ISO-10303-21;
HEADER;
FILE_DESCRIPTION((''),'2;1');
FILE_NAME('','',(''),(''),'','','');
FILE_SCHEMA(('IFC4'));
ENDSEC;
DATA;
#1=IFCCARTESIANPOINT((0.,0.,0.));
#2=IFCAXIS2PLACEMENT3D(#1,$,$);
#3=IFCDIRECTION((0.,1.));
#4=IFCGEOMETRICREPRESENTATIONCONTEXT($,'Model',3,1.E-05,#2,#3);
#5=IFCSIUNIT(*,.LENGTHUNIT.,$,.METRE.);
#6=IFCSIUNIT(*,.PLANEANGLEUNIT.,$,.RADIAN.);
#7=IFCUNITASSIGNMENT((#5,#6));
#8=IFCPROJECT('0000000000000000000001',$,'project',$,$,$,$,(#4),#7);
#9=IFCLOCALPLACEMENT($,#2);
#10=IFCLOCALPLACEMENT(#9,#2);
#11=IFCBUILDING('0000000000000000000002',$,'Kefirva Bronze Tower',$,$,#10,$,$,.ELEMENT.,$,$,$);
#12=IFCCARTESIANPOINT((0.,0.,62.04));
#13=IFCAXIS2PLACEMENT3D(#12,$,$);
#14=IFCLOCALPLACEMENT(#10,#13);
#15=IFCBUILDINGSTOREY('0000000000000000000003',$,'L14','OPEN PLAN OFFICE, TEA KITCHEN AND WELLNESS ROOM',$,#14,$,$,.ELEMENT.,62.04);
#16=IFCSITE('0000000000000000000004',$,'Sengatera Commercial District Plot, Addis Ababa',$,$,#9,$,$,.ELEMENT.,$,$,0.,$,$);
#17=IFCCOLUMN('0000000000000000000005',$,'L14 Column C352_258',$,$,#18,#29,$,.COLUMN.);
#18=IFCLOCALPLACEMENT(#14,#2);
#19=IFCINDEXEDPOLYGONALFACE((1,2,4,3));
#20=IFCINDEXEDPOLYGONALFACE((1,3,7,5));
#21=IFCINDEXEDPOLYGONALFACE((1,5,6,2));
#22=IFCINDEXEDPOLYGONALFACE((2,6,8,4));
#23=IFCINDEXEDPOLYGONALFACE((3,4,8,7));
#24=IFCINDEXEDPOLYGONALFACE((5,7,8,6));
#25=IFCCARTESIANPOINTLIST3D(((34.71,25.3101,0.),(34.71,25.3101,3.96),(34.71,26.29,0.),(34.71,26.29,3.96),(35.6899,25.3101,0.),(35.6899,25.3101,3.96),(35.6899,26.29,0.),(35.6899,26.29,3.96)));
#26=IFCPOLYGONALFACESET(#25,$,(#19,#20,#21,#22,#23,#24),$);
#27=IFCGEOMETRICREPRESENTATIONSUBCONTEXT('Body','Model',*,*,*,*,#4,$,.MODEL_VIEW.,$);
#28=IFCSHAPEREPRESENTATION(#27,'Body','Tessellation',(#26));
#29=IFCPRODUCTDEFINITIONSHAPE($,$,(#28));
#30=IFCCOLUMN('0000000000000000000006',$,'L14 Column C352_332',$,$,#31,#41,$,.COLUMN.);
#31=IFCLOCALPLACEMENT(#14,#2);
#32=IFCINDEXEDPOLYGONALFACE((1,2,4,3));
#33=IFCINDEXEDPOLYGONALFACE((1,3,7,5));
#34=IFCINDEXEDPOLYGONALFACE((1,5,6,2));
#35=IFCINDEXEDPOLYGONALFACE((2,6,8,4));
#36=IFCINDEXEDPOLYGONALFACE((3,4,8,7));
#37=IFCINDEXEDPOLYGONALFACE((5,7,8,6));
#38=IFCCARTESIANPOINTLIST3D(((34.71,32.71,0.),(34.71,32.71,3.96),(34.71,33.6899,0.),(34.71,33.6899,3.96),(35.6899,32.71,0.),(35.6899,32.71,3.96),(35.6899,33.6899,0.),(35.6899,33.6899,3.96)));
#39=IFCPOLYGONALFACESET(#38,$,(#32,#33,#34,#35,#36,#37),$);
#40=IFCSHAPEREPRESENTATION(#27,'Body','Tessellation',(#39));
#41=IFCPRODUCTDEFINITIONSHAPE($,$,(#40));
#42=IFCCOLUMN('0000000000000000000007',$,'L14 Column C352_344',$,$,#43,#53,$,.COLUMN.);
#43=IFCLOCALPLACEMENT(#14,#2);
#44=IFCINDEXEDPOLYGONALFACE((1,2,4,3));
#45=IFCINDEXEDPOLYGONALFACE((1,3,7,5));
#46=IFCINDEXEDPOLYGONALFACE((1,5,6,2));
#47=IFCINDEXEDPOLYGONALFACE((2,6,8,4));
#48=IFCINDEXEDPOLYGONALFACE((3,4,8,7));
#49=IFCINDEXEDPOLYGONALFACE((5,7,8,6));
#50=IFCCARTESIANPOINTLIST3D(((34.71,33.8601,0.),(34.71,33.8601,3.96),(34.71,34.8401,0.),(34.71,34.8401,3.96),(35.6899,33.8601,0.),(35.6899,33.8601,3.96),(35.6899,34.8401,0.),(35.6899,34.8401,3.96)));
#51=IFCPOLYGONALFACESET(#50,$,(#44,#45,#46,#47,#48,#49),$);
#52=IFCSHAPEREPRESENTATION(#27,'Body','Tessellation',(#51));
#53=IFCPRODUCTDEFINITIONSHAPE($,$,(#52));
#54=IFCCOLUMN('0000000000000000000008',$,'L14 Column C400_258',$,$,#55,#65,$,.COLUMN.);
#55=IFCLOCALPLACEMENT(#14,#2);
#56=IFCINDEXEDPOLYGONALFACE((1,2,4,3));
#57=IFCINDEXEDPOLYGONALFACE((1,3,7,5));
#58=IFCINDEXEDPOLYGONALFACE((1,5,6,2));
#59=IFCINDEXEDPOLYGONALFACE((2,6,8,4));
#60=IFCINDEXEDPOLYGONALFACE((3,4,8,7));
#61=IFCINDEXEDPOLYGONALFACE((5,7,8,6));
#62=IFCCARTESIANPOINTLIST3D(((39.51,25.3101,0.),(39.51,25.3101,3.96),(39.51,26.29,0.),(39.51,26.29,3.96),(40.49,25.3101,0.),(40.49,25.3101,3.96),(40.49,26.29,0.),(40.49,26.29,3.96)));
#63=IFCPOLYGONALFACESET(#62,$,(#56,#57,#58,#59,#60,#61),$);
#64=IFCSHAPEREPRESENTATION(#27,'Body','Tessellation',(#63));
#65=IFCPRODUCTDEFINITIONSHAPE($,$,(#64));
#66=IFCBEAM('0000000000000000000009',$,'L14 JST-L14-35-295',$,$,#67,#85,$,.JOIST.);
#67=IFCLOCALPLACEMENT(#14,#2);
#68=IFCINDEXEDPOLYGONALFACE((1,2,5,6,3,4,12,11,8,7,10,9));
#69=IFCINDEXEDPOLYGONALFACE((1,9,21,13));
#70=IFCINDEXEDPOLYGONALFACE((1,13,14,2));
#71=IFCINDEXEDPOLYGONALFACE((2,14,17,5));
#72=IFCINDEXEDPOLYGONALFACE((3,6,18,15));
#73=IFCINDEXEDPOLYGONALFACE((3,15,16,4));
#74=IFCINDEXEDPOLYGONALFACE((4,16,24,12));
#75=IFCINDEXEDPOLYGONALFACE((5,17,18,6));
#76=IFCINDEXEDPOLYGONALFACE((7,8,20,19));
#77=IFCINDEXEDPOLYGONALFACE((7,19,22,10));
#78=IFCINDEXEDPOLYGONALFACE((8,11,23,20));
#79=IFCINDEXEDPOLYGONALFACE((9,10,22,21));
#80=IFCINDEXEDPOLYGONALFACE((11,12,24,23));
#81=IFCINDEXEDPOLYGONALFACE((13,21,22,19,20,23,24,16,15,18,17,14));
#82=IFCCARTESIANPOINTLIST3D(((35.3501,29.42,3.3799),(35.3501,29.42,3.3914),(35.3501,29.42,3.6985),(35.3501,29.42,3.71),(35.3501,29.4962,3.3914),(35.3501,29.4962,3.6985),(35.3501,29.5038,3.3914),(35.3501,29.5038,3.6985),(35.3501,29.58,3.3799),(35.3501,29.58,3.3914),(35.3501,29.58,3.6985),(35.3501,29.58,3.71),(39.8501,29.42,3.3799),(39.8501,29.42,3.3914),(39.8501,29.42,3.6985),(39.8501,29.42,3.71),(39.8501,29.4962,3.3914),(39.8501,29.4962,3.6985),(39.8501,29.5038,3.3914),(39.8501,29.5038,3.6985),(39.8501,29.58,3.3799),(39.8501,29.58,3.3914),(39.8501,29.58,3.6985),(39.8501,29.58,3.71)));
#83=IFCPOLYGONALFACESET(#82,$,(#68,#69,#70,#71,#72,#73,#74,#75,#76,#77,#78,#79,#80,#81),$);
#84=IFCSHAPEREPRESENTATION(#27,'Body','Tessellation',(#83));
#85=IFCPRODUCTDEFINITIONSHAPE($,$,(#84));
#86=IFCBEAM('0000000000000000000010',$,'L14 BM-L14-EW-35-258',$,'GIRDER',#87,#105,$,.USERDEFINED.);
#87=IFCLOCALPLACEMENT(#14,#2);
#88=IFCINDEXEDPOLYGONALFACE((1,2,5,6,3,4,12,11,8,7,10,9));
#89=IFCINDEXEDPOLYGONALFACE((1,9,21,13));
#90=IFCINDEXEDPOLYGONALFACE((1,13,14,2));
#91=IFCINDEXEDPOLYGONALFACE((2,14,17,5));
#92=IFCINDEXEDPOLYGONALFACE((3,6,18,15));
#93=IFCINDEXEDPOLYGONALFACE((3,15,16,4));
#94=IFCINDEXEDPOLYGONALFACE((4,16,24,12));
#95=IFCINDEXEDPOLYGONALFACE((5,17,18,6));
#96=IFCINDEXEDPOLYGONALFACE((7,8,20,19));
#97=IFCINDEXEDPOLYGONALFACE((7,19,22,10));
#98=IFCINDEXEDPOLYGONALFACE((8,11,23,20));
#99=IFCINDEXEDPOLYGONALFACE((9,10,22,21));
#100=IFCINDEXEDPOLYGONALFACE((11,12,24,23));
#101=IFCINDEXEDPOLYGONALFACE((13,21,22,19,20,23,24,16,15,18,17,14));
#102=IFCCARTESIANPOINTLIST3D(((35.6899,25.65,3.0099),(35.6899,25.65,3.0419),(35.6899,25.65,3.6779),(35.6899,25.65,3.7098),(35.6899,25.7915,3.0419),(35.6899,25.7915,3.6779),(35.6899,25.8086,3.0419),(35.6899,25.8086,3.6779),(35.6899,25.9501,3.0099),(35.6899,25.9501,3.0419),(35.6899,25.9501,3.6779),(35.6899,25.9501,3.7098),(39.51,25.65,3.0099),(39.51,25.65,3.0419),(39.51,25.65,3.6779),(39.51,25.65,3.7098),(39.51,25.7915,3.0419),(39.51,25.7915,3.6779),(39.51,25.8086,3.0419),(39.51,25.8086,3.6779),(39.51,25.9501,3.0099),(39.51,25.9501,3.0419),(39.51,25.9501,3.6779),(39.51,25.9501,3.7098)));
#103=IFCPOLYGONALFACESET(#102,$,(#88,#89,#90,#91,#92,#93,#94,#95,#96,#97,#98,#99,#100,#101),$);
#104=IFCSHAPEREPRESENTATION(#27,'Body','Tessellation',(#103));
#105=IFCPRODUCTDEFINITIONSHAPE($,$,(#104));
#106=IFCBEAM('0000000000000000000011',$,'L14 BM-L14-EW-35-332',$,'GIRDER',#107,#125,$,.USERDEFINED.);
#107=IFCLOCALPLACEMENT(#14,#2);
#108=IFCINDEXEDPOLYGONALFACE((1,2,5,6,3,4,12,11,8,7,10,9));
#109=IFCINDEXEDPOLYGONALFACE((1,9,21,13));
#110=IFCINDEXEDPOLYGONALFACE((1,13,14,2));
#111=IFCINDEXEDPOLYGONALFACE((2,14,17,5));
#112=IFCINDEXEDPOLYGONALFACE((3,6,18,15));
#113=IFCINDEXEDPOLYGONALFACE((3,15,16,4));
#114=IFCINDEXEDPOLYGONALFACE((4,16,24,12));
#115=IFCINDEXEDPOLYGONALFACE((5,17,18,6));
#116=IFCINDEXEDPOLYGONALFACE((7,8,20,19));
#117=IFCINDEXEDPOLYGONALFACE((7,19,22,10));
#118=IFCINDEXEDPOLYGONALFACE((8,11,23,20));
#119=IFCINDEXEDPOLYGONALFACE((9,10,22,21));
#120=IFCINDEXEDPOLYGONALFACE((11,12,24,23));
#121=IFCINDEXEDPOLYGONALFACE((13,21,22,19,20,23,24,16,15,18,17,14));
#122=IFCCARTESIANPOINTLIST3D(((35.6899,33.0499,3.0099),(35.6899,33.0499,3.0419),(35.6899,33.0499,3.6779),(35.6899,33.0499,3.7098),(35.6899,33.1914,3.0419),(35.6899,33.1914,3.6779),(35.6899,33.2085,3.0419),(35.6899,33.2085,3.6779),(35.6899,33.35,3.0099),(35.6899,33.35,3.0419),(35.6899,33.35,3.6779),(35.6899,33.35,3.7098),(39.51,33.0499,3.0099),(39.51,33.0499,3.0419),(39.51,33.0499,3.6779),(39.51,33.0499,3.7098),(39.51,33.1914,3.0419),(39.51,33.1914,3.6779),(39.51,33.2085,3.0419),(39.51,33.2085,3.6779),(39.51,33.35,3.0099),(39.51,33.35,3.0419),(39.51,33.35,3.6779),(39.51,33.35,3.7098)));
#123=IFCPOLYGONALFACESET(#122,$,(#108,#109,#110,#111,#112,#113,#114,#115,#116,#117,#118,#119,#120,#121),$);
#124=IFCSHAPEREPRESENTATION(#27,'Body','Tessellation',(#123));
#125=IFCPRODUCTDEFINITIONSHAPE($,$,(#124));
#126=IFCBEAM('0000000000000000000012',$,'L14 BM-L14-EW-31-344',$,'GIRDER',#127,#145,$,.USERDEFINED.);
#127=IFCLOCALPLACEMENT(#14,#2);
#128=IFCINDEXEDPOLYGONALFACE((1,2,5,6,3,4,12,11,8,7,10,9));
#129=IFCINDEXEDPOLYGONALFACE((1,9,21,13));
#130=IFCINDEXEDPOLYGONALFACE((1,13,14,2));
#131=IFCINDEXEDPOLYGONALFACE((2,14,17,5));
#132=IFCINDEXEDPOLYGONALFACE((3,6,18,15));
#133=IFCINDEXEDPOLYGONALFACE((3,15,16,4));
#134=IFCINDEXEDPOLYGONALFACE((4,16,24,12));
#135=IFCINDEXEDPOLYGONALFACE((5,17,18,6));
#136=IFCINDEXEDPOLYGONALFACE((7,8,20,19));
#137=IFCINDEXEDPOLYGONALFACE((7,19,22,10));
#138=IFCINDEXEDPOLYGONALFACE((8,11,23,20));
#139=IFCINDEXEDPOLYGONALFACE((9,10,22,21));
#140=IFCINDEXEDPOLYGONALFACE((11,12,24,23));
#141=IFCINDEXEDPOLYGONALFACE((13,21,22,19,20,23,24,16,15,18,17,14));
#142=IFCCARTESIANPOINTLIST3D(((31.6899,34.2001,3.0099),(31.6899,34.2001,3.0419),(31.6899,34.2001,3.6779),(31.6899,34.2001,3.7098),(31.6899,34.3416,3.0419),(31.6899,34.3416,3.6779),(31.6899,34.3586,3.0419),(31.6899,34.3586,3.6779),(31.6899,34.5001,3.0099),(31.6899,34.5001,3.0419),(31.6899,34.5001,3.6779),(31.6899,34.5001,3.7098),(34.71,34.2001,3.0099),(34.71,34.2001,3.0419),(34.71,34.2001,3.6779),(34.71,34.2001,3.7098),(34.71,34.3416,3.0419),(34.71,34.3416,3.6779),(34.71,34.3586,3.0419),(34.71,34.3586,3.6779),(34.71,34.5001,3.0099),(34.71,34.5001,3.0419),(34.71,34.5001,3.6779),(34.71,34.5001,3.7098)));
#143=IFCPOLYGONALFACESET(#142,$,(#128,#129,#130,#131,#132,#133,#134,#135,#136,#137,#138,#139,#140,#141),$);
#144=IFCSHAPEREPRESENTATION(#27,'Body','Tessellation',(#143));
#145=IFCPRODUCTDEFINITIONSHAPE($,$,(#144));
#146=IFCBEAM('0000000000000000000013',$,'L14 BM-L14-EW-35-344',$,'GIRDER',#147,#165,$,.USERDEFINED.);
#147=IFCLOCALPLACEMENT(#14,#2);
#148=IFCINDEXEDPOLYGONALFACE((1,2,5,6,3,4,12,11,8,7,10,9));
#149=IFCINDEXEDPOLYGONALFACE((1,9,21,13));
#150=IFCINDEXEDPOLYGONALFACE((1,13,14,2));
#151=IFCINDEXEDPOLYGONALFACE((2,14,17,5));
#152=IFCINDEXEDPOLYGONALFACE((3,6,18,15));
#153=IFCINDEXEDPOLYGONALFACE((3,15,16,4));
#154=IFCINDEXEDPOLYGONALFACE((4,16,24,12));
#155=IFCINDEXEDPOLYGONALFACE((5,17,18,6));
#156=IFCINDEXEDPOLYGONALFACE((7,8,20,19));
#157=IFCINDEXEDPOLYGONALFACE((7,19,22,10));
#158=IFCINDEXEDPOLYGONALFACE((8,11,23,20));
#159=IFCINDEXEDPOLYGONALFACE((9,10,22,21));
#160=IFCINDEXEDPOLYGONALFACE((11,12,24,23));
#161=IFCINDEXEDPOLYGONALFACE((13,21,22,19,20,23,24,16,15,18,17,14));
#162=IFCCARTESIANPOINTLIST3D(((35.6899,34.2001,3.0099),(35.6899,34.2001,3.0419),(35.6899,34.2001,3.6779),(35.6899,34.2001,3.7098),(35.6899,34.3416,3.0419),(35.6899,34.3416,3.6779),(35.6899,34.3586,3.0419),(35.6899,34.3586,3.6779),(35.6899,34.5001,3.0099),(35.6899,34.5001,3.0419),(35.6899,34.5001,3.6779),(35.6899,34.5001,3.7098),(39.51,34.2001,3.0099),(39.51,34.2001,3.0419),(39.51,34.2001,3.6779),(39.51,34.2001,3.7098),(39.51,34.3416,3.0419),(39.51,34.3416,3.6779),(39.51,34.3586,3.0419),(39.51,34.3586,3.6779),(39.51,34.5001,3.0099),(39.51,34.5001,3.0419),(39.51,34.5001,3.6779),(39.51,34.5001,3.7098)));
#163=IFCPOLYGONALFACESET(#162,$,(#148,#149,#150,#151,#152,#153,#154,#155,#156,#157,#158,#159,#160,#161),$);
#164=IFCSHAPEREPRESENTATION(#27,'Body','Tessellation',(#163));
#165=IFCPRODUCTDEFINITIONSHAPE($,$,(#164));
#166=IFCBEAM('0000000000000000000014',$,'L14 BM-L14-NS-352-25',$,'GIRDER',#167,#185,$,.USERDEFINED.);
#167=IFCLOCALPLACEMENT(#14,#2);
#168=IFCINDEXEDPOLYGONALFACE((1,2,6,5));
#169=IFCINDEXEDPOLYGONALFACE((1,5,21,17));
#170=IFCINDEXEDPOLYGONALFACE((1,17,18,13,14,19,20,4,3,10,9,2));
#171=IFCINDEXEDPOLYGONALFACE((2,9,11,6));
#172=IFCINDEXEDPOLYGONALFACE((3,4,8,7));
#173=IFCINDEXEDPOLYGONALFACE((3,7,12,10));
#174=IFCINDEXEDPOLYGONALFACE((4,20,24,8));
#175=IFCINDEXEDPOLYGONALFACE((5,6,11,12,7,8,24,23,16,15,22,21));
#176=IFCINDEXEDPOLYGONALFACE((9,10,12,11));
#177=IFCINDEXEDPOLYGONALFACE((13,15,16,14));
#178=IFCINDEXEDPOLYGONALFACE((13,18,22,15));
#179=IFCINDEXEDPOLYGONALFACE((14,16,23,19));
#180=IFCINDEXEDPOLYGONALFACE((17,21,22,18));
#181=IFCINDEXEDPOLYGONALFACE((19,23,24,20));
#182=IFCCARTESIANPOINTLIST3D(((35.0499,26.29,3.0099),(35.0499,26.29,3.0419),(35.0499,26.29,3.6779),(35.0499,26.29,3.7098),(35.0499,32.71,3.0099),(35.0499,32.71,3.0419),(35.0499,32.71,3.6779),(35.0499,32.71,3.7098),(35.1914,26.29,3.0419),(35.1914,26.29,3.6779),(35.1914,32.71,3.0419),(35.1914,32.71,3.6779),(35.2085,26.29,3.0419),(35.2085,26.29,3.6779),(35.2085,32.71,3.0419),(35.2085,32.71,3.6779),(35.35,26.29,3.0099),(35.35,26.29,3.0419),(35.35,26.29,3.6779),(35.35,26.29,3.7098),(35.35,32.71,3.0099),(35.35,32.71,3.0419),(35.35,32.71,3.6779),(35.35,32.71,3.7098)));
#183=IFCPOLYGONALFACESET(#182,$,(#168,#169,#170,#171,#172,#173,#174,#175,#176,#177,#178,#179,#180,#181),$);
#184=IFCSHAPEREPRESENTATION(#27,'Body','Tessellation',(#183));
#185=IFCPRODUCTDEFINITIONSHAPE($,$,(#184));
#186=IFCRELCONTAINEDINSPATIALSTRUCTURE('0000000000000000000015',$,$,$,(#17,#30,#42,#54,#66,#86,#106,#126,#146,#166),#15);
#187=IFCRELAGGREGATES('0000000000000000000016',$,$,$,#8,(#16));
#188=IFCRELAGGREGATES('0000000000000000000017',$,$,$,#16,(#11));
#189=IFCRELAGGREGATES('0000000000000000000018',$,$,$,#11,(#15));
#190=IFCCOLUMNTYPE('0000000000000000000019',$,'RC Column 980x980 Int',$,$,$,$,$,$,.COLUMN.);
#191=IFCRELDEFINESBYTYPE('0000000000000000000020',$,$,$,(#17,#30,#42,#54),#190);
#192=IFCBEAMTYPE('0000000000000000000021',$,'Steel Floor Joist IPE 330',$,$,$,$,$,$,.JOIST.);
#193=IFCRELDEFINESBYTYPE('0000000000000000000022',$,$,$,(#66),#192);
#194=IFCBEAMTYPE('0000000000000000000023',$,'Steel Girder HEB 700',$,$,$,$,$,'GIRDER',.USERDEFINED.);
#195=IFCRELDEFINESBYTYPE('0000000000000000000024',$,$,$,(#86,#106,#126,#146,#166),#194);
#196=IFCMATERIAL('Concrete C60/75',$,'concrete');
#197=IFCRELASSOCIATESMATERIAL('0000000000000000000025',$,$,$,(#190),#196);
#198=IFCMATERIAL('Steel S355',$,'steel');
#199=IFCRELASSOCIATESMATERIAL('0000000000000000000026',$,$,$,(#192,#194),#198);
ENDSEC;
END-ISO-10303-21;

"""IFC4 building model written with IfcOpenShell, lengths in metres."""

from ifc_helpers import new_model, si_unit, direction, frame, origin, origin_2d, place, context, subcontext, project, spatial, rectangle, i_section, extrude, material, material_profile, profile_set, type_object, element, save


model = new_model("IFC4")

# Units and contexts
model_context = context("Model", 3, precision=1e-05, world=origin(), true_north=direction((0.0, 1.0)))
body_context = subcontext(model_context, "Body", "Model", "MODEL_VIEW")
ifc_project = project(units=[si_unit("LENGTHUNIT", "METRE"), si_unit("PLANEANGLEUNIT", "RADIAN")], contexts=[model_context])

# Site, building, storey
site_placement = place(None, origin())
site = spatial("IfcSite", under=ifc_project, at=site_placement, Name="Sengatera Commercial District Plot, Addis Ababa", CompositionType="ELEMENT", RefElevation=0.0)
building_placement = place(site_placement, origin())
building = spatial("IfcBuilding", under=site, at=building_placement, Name="Kefirva Bronze Tower", CompositionType="ELEMENT")
storey_placement = place(building_placement, frame((0.0, 0.0, 62.04)))
storey = spatial("IfcBuildingStorey", under=building, at=storey_placement, Name="L14", Description="OPEN PLAN OFFICE, TEA KITCHEN AND WELLNESS ROOM", CompositionType="ELEMENT", Elevation=62.04)

# Columns
ifc_material_1 = material(Name="Concrete C60/75", Category="concrete")
ifc_material_profile_1 = material_profile(ifc_material_1, rectangle(XDim=0.98, YDim=0.98, at=origin_2d()), Name="RC 980x980")
ifc_profile_set_1 = profile_set([ifc_material_profile_1], Name="Concrete C60/75")
column_type = type_object("IfcColumnType", Name="RC Column 980x980 Int", PredefinedType="COLUMN", material=ifc_profile_set_1)
for number, where, z_axis, x_axis, name in (
    (1, (35.2, 25.8, 0.0), (0.0, 0.0, 1.0), (1.0, 0.0, 0.0), "L14 Column C352_258"),
    (2, (35.2, 33.2, 0.0), (0.0, 0.0, 1.0), (1.0, 0.0, 0.0), "L14 Column C352_332"),
    (3, (35.2, 34.3501, 0.0), (0.0, 0.0, 1.0), (1.0, 0.0, 0.0), "L14 Column C352_344"),
    (4, (40.0, 25.8, 0.0), (0.0, 0.0, 1.0), (1.0, 0.0, 0.0), "L14 Column C400_258"),
):
    element("IfcColumn", number, at=place(storey_placement, frame(where, z_axis=z_axis, x_axis=x_axis)), inside=storey, type_object=column_type, Name=name, PredefinedType="COLUMN", context=body_context, shape_type="SweptSolid", body=[
        extrude(rectangle(XDim=0.98, YDim=0.98, at=origin_2d()), origin(), (0.0, 0.0, 1.0), 3.96),
    ])

# Beams
ifc_material_2 = material(Name="Steel S355", Category="steel")
ifc_material_profile_2 = material_profile(ifc_material_2, i_section(OverallWidth=0.1599, OverallDepth=0.3301, WebThickness=0.0076, FlangeThickness=0.0115, at=origin_2d()), Name="IPE 330")
ifc_profile_set_2 = profile_set([ifc_material_profile_2], Name="Steel S355")
beam_type_1 = type_object("IfcBeamType", Name="Steel Floor Joist IPE 330", PredefinedType="JOIST", material=ifc_profile_set_2)
beam_1_placement = place(storey_placement, frame((35.3501, 29.5, 3.5449), z_axis=(1.0, 0.0, 0.0), x_axis=(0.0, 1.0, 0.0)))
element("IfcBeam", 5, at=beam_1_placement, inside=storey, type_object=beam_type_1, Name="L14 JST-L14-35-295", PredefinedType="JOIST", context=body_context, shape_type="SweptSolid", body=[
    extrude(i_section(OverallWidth=0.1599, OverallDepth=0.3301, WebThickness=0.0076, FlangeThickness=0.0115, at=origin_2d()), origin(), (0.0, 0.0, 1.0), 4.5),
])
ifc_material_profile_3 = material_profile(ifc_material_2, i_section(OverallWidth=0.3, OverallDepth=0.7, WebThickness=0.0171, FlangeThickness=0.032, at=origin_2d()), Name="HEB 700")
ifc_profile_set_3 = profile_set([ifc_material_profile_3], Name="Steel S355")
beam_type_2 = type_object("IfcBeamType", Name="Steel Girder HEB 700", ElementType="GIRDER", PredefinedType="USERDEFINED", material=ifc_profile_set_3)
for number, where, z_axis, x_axis, name in (
    (6, (35.6899, 25.8, 3.3599), (1.0, 0.0, 0.0), (0.0, 1.0, 0.0), "L14 BM-L14-EW-35-258"),
    (7, (35.6899, 33.2, 3.3599), (1.0, 0.0, 0.0), (0.0, 1.0, 0.0), "L14 BM-L14-EW-35-332"),
):
    element("IfcBeam", number, at=place(storey_placement, frame(where, z_axis=z_axis, x_axis=x_axis)), inside=storey, type_object=beam_type_2, Name=name, ObjectType="GIRDER", PredefinedType="USERDEFINED", context=body_context, shape_type="SweptSolid", body=[
        extrude(i_section(OverallWidth=0.3, OverallDepth=0.7, WebThickness=0.0171, FlangeThickness=0.032, at=origin_2d()), origin(), (0.0, 0.0, 1.0), 3.8201),
    ])
beam_2_placement = place(storey_placement, frame((31.6899, 34.3501, 3.3599), z_axis=(1.0, 0.0, 0.0), x_axis=(0.0, 1.0, 0.0)))
element("IfcBeam", 8, at=beam_2_placement, inside=storey, type_object=beam_type_2, Name="L14 BM-L14-EW-31-344", ObjectType="GIRDER", PredefinedType="USERDEFINED", context=body_context, shape_type="SweptSolid", body=[
    extrude(i_section(OverallWidth=0.3, OverallDepth=0.7, WebThickness=0.0171, FlangeThickness=0.032, at=origin_2d()), origin(), (0.0, 0.0, 1.0), 3.02),
])
beam_3_placement = place(storey_placement, frame((35.6899, 34.3501, 3.3599), z_axis=(1.0, 0.0, 0.0), x_axis=(0.0, 1.0, 0.0)))
element("IfcBeam", 9, at=beam_3_placement, inside=storey, type_object=beam_type_2, Name="L14 BM-L14-EW-35-344", ObjectType="GIRDER", PredefinedType="USERDEFINED", context=body_context, shape_type="SweptSolid", body=[
    extrude(i_section(OverallWidth=0.3, OverallDepth=0.7, WebThickness=0.0171, FlangeThickness=0.032, at=origin_2d()), origin(), (0.0, 0.0, 1.0), 3.8201),
])
beam_4_placement = place(storey_placement, frame((35.2, 26.29, 3.3599), z_axis=(0.0, 1.0, 0.0), x_axis=(-1.0, 0.0, 0.0)))
element("IfcBeam", 10, at=beam_4_placement, inside=storey, type_object=beam_type_2, Name="L14 BM-L14-NS-352-25", ObjectType="GIRDER", PredefinedType="USERDEFINED", context=body_context, shape_type="SweptSolid", body=[
    extrude(i_section(OverallWidth=0.3, OverallDepth=0.7, WebThickness=0.0171, FlangeThickness=0.032, at=origin_2d()), origin(), (0.0, 0.0, 1.0), 6.4199),
])

save(model, "model.ifc")
